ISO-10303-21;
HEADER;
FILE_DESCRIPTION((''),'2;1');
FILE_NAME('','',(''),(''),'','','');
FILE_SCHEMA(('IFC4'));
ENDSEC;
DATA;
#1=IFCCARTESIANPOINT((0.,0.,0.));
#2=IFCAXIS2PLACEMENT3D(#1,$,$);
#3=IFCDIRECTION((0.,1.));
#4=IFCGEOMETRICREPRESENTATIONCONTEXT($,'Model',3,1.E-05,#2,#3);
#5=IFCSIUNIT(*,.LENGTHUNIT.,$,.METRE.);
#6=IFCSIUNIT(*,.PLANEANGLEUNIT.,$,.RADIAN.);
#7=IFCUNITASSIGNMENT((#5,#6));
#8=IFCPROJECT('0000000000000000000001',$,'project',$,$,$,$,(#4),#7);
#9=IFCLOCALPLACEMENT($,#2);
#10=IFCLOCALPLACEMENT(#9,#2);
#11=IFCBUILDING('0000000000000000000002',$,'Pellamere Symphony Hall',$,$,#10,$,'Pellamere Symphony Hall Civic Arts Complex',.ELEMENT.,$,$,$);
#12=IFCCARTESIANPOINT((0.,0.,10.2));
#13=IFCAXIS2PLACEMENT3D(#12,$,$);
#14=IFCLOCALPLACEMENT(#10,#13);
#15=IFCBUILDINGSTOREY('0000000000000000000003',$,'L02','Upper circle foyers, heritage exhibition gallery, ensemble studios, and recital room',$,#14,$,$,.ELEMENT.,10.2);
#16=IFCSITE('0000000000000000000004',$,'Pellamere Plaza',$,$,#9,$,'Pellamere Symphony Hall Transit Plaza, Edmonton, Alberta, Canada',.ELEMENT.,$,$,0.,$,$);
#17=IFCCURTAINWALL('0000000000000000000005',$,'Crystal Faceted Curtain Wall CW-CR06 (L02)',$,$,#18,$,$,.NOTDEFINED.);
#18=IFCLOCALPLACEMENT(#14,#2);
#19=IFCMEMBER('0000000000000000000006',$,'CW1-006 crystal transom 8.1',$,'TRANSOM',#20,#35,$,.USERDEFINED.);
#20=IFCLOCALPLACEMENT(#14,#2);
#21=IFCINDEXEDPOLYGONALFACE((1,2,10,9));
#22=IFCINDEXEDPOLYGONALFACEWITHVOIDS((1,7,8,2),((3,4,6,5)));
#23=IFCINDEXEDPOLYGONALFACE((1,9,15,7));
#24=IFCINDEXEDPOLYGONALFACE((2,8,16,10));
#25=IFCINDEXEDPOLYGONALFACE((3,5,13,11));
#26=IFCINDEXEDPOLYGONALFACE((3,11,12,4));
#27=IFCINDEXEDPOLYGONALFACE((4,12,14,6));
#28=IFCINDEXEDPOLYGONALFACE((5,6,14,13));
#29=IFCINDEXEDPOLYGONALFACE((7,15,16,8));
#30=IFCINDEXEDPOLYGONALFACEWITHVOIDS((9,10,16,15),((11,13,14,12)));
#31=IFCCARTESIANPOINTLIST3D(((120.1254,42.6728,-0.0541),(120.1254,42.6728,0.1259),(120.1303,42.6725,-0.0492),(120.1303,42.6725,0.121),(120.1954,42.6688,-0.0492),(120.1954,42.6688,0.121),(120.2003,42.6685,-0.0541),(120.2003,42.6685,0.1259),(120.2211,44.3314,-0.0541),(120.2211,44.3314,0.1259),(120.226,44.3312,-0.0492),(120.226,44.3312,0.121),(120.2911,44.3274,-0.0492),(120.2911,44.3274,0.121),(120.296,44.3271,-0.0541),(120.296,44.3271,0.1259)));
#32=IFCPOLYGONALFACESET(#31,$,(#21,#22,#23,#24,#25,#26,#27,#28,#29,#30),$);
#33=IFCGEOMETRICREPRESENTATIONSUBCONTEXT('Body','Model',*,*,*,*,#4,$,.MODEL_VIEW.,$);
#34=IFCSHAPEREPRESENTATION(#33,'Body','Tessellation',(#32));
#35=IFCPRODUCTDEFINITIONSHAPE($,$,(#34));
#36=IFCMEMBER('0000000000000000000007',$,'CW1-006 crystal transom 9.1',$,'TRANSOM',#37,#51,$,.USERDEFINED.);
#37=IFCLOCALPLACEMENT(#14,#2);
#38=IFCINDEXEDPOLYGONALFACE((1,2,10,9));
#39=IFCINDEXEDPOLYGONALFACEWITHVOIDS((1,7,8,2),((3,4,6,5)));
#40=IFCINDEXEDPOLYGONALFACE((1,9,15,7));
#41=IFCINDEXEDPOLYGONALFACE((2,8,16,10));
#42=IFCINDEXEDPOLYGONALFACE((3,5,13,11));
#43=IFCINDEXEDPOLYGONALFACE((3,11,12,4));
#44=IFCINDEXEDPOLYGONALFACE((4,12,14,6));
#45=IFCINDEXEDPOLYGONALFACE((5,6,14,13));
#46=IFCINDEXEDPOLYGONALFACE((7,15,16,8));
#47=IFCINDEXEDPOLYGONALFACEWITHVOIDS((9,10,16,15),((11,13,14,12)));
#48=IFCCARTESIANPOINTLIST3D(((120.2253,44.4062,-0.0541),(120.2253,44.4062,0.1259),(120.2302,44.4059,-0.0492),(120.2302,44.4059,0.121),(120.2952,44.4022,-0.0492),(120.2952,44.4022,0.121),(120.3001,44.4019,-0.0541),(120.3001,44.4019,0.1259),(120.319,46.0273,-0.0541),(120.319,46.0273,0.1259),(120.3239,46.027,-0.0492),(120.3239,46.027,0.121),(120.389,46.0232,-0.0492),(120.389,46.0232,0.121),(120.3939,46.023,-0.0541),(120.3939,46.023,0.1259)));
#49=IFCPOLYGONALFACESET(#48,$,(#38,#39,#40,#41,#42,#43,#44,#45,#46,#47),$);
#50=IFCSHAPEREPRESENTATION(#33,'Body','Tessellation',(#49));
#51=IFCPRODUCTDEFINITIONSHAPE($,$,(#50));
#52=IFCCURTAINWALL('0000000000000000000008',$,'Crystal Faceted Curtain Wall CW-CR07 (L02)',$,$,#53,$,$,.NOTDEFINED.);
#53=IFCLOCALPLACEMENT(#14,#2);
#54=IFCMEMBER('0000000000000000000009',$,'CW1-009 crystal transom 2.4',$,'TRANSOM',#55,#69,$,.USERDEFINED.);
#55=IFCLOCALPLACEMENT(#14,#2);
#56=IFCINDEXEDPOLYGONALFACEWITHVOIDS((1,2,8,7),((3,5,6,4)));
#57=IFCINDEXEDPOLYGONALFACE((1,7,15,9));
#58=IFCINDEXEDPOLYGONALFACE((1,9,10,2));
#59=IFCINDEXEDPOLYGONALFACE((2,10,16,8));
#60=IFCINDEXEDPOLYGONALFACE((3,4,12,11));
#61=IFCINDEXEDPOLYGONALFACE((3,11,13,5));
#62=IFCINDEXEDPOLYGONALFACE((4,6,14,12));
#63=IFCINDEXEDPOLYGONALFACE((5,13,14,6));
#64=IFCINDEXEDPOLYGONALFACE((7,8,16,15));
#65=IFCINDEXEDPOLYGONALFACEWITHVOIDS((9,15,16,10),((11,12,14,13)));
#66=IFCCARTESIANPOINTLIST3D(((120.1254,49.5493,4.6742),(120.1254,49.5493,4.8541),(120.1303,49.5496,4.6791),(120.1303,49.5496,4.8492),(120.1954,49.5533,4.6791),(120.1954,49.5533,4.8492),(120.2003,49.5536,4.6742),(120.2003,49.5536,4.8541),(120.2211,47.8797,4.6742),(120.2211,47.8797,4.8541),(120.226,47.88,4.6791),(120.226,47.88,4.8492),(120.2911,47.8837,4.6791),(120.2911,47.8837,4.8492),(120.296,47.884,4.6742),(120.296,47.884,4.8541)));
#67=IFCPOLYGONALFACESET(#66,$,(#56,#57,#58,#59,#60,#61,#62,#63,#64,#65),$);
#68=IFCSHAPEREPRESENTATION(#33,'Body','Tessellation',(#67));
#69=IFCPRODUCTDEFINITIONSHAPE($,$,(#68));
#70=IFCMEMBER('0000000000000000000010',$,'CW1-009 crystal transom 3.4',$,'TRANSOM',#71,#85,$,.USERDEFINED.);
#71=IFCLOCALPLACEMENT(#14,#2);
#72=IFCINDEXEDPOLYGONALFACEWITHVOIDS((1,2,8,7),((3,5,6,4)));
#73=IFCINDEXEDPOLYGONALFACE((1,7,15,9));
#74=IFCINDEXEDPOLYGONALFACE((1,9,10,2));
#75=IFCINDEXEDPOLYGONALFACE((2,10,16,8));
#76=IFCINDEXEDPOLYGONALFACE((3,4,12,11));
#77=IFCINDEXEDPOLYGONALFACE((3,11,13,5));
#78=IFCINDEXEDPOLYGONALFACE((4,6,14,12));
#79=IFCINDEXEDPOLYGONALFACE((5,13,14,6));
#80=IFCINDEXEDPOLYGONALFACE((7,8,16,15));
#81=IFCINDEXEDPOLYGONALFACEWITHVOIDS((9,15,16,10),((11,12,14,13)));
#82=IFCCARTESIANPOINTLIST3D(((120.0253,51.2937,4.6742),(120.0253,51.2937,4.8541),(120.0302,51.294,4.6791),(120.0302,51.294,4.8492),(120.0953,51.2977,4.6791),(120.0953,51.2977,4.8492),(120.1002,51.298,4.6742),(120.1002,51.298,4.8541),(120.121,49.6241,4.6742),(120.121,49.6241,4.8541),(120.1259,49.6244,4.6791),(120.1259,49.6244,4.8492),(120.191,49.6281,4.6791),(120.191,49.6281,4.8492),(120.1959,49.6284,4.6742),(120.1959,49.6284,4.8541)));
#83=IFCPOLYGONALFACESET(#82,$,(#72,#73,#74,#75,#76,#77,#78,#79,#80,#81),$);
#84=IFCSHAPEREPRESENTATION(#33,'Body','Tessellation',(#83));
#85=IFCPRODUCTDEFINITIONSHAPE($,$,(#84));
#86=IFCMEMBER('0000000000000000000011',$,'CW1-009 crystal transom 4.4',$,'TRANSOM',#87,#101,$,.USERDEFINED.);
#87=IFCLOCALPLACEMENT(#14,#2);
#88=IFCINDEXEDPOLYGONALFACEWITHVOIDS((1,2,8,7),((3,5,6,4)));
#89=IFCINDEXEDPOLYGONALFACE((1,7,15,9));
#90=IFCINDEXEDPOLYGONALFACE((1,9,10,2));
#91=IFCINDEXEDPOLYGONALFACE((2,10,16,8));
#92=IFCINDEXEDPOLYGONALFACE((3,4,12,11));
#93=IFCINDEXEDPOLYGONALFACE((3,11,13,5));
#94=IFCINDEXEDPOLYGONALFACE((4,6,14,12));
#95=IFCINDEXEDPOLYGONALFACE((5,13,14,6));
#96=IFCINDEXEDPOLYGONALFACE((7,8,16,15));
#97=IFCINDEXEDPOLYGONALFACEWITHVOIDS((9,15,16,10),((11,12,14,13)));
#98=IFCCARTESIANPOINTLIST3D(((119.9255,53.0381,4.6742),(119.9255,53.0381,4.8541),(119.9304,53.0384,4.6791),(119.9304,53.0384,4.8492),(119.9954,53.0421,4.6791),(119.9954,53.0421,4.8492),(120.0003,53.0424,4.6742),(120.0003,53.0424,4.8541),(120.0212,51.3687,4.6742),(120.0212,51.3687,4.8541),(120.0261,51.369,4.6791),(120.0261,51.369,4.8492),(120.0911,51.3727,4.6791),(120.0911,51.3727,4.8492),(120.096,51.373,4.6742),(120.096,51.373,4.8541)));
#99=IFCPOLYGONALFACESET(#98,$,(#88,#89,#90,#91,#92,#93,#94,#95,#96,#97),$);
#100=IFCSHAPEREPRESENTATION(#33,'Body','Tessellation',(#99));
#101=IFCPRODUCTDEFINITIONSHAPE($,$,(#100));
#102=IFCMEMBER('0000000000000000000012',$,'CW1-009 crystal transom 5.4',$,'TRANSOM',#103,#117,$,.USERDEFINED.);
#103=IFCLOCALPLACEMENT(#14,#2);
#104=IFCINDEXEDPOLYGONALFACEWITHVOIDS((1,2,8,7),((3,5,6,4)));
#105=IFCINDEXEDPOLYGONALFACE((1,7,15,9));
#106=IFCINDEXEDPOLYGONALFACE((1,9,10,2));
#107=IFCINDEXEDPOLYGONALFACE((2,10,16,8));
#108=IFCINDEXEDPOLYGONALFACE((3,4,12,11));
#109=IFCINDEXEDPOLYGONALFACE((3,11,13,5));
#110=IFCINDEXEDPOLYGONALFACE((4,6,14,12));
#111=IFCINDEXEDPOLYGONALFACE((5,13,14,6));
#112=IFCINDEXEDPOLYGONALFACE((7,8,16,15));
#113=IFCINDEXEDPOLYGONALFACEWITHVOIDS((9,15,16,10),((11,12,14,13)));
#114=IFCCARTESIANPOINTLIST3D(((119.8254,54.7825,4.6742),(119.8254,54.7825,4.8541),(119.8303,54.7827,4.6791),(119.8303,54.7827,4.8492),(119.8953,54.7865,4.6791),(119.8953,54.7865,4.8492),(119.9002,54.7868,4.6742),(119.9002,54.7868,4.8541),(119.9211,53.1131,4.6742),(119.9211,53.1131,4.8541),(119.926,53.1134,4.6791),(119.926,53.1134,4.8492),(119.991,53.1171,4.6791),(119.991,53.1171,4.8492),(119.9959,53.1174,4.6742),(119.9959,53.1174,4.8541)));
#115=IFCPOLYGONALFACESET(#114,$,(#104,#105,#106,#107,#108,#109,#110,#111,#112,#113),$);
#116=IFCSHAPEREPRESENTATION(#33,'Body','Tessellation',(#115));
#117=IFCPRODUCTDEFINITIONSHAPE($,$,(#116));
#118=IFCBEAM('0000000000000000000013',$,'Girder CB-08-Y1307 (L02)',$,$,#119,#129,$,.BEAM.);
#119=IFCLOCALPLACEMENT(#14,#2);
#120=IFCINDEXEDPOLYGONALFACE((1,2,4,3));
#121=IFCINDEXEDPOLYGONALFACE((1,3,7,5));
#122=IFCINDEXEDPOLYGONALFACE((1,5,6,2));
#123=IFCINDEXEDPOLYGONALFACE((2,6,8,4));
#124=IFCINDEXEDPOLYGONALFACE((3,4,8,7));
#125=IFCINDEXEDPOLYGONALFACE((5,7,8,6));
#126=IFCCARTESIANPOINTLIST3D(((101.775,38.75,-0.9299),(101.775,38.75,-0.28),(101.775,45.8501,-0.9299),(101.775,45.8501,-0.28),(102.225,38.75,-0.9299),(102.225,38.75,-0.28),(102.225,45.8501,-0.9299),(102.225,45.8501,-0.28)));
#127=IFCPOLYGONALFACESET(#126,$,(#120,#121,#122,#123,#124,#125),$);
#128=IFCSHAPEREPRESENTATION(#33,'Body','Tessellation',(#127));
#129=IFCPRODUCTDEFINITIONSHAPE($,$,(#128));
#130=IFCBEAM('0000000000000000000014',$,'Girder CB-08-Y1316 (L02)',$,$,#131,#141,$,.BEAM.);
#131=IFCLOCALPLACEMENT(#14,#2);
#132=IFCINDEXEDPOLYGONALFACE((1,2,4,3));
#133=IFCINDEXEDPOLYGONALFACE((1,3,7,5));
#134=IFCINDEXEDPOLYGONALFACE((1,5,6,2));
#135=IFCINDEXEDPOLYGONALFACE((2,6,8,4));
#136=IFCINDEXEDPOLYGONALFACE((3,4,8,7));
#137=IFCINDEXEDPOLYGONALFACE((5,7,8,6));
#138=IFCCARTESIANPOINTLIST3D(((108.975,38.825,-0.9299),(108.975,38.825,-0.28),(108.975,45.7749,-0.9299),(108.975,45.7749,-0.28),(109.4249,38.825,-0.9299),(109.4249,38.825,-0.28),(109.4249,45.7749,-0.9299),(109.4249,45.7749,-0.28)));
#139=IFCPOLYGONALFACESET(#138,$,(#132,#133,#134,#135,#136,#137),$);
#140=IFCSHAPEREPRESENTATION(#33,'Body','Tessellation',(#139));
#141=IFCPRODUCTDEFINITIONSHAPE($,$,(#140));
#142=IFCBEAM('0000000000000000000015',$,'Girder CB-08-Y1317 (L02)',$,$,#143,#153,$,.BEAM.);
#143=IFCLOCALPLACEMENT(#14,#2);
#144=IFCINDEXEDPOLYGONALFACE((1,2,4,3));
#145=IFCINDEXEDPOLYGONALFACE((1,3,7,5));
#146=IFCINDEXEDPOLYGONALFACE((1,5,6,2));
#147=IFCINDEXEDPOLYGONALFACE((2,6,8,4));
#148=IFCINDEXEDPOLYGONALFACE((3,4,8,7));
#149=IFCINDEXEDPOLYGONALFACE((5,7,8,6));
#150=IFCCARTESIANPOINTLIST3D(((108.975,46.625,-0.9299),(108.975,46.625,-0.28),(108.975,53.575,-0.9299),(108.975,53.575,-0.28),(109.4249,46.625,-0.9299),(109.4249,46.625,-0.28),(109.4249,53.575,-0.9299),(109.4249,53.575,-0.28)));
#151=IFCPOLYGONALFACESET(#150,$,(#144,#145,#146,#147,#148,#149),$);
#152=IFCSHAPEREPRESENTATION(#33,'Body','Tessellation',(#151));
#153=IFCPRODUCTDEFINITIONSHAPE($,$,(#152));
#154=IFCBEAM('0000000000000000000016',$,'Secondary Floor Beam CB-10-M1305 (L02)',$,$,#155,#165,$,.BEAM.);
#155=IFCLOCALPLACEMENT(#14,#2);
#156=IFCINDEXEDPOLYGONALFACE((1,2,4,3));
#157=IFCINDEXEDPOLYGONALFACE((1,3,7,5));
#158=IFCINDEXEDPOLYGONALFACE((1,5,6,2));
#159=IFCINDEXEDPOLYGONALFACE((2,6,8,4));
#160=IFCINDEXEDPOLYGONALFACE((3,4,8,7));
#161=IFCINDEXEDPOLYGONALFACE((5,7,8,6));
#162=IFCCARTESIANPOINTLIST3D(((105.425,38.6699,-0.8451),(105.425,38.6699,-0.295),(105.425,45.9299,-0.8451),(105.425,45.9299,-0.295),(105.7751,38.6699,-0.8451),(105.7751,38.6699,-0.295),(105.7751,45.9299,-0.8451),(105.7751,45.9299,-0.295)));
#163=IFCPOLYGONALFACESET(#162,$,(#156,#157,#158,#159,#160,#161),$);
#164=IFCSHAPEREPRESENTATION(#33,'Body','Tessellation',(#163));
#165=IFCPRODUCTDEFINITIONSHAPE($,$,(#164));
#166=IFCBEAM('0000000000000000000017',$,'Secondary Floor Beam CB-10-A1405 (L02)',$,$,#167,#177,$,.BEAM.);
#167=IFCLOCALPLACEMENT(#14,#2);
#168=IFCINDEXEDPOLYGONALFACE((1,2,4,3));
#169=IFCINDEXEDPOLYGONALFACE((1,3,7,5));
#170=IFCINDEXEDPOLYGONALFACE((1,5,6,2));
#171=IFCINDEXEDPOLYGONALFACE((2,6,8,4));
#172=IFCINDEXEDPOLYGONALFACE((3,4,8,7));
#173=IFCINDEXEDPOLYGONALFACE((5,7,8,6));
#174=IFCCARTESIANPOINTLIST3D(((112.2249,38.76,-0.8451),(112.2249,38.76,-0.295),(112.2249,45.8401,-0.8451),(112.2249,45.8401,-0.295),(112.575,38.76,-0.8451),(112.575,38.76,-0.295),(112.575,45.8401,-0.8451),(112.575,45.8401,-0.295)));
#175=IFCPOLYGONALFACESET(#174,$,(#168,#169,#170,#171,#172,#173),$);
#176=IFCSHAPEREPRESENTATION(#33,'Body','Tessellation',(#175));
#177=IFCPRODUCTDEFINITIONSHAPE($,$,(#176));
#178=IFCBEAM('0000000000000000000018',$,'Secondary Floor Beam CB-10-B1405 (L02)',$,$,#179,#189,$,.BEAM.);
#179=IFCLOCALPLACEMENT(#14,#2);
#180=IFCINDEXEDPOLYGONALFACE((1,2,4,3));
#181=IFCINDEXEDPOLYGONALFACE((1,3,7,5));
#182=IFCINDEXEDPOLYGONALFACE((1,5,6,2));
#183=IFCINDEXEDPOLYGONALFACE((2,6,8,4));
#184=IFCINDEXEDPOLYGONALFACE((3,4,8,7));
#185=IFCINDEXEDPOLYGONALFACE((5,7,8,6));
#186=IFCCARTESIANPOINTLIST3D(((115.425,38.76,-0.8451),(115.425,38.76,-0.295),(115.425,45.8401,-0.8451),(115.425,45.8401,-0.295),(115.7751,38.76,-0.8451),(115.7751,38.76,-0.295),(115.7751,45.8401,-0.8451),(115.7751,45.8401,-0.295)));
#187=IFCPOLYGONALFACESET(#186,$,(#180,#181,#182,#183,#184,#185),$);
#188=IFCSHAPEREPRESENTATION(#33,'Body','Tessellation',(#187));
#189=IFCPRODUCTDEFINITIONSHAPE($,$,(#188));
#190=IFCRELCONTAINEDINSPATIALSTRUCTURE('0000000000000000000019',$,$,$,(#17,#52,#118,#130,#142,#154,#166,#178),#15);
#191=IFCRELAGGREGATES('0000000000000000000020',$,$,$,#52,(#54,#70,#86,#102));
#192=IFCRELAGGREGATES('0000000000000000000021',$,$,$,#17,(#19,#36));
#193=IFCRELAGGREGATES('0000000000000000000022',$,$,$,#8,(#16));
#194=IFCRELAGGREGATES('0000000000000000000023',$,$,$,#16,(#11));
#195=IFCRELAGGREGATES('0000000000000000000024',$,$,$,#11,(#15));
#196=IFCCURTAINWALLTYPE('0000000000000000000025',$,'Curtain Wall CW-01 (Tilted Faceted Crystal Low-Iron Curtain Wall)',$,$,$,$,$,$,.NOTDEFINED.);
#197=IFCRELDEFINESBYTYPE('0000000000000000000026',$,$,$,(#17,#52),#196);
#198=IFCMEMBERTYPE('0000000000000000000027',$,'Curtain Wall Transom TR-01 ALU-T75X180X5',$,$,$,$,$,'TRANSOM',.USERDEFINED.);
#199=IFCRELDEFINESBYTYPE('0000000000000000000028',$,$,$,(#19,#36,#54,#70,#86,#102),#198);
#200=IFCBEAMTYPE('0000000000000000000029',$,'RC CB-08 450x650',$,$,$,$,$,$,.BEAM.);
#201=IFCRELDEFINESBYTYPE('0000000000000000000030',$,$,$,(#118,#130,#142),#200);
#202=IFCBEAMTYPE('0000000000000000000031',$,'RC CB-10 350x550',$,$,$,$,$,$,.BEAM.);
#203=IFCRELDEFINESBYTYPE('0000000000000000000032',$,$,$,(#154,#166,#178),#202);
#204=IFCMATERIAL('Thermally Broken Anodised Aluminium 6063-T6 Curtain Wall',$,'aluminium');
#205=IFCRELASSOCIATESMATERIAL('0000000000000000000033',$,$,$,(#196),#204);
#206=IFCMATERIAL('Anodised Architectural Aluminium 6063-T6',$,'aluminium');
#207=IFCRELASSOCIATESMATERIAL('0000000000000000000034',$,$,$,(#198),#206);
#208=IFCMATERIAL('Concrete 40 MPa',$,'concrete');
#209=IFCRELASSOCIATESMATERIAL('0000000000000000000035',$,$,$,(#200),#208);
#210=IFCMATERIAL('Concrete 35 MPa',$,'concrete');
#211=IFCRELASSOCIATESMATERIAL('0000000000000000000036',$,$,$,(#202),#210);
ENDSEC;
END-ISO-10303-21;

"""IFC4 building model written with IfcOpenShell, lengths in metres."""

from ifc_helpers import new_model, si_unit, direction, frame, origin, origin_2d, place, context, subcontext, project, spatial, rectangle, hollow_rectangle, extrude, material, material_profile, profile_set, type_object, element, aggregate, save


model = new_model("IFC4")

# Units and contexts
model_context = context("Model", 3, precision=1e-05, world=origin(), true_north=direction((0.0, 1.0)))
body_context = subcontext(model_context, "Body", "Model", "MODEL_VIEW")
ifc_project = project(units=[si_unit("LENGTHUNIT", "METRE"), si_unit("PLANEANGLEUNIT", "RADIAN")], contexts=[model_context])

# Site, building, storey
site_placement = place(None, origin())
site = spatial("IfcSite", under=ifc_project, at=site_placement, Name="Pellamere Plaza", LongName="Pellamere Symphony Hall Transit Plaza, Edmonton, Alberta, Canada", CompositionType="ELEMENT", RefElevation=0.0)
building_placement = place(site_placement, origin())
building = spatial("IfcBuilding", under=site, at=building_placement, Name="Pellamere Symphony Hall", LongName="Pellamere Symphony Hall Civic Arts Complex", CompositionType="ELEMENT")
storey_placement = place(building_placement, frame((0.0, 0.0, 10.2)))
storey = spatial("IfcBuildingStorey", under=building, at=storey_placement, Name="L02", Description="Upper circle foyers, heritage exhibition gallery, ensemble studios, and recital room", CompositionType="ELEMENT", Elevation=10.2)

# Shared definitions
ifc_material_1 = material(Name="Concrete 40 MPa", Category="concrete")

# Curtain walls, members
ifc_material_2 = material(Name="Thermally Broken Anodised Aluminium 6063-T6 Curtain Wall", Category="aluminium")
curtain_wall_type = type_object("IfcCurtainWallType", Name="Curtain Wall CW-01 (Tilted Faceted Crystal Low-Iron Curtain Wall)", PredefinedType="NOTDEFINED", material=ifc_material_2)
curtain_wall_1_placement = place(storey_placement, origin())
curtain_wall_1 = element("IfcCurtainWall", 1, at=curtain_wall_1_placement, inside=storey, type_object=curtain_wall_type, Name="Crystal Faceted Curtain Wall CW-CR06 (L02)", PredefinedType="NOTDEFINED")
ifc_material_3 = material(Name="Anodised Architectural Aluminium 6063-T6", Category="aluminium")
ifc_material_profile_1 = material_profile(ifc_material_3, hollow_rectangle(XDim=0.075, YDim=0.1799, WallThickness=0.0049, at=origin_2d()), Name="ALU-T75X180X5")
ifc_profile_set_1 = profile_set([ifc_material_profile_1], Name="Anodised Architectural Aluminium 6063-T6")
member_type_1 = type_object("IfcMemberType", Name="Curtain Wall Transom TR-01 ALU-T75X180X5", ElementType="TRANSOM", PredefinedType="USERDEFINED", material=ifc_profile_set_1)
member_1_placement = place(storey_placement, frame((120.1628, 42.6707, 0.0359), z_axis=(0.057602, 0.99834, 0.0), x_axis=(-0.99834, 0.057602, 0.0)))
member_1 = element("IfcMember", 2, at=member_1_placement, type_object=member_type_1, Name="CW1-006 crystal transom 8.1", ObjectType="TRANSOM", PredefinedType="USERDEFINED", context=body_context, shape_type="SweptSolid", body=[
    extrude(hollow_rectangle(XDim=0.075, YDim=0.1799, WallThickness=0.0049, at=origin_2d()), origin(), (0.0, 0.0, 1.0), 1.6614),
])
member_2_placement = place(storey_placement, frame((120.2627, 44.4041, 0.0359), z_axis=(0.057735, 0.998332, 0.0), x_axis=(-0.998332, 0.057735, 0.0)))
member_2 = element("IfcMember", 3, at=member_2_placement, type_object=member_type_1, Name="CW1-006 crystal transom 9.1", ObjectType="TRANSOM", PredefinedType="USERDEFINED", context=body_context, shape_type="SweptSolid", body=[
    extrude(hollow_rectangle(XDim=0.075, YDim=0.1799, WallThickness=0.0049, at=origin_2d()), origin(), (0.0, 0.0, 1.0), 1.6238),
])
curtain_wall_2_placement = place(storey_placement, origin())
curtain_wall_2 = element("IfcCurtainWall", 4, at=curtain_wall_2_placement, inside=storey, type_object=curtain_wall_type, Name="Crystal Faceted Curtain Wall CW-CR07 (L02)", PredefinedType="NOTDEFINED")
member_3_placement = place(storey_placement, frame((120.2585, 47.8818, 4.7642), z_axis=(-0.057224, 0.998361, 0.0), x_axis=(-0.998361, -0.057224, 0.0)))
member_3 = element("IfcMember", 5, at=member_3_placement, type_object=member_type_1, Name="CW1-009 crystal transom 2.4", ObjectType="TRANSOM", PredefinedType="USERDEFINED", context=body_context, shape_type="SweptSolid", body=[
    extrude(hollow_rectangle(XDim=0.075, YDim=0.1799, WallThickness=0.0049, at=origin_2d()), origin(), (0.0, 0.0, 1.0), 1.6724),
])
member_4_placement = place(storey_placement, frame((120.1584, 49.6262, 4.7642), z_axis=(-0.057224, 0.998361, 0.0), x_axis=(-0.998361, -0.057224, 0.0)))
member_4 = element("IfcMember", 6, at=member_4_placement, type_object=member_type_1, Name="CW1-009 crystal transom 3.4", ObjectType="TRANSOM", PredefinedType="USERDEFINED", context=body_context, shape_type="SweptSolid", body=[
    extrude(hollow_rectangle(XDim=0.075, YDim=0.1799, WallThickness=0.0049, at=origin_2d()), origin(), (0.0, 0.0, 1.0), 1.6724),
])
member_5_placement = place(storey_placement, frame((120.0586, 51.3708, 4.7642), z_axis=(-0.057233, 0.998361, 0.0), x_axis=(-0.998361, -0.057233, 0.0)))
member_5 = element("IfcMember", 7, at=member_5_placement, type_object=member_type_1, Name="CW1-009 crystal transom 4.4", ObjectType="TRANSOM", PredefinedType="USERDEFINED", context=body_context, shape_type="SweptSolid", body=[
    extrude(hollow_rectangle(XDim=0.075, YDim=0.1799, WallThickness=0.0049, at=origin_2d()), origin(), (0.0, 0.0, 1.0), 1.6721),
])
member_6_placement = place(storey_placement, frame((119.9585, 53.1152, 4.7642), z_axis=(-0.057233, 0.998361, 0.0), x_axis=(-0.998361, -0.057233, 0.0)))
member_6 = element("IfcMember", 8, at=member_6_placement, type_object=member_type_1, Name="CW1-009 crystal transom 5.4", ObjectType="TRANSOM", PredefinedType="USERDEFINED", context=body_context, shape_type="SweptSolid", body=[
    extrude(hollow_rectangle(XDim=0.075, YDim=0.1799, WallThickness=0.0049, at=origin_2d()), origin(), (0.0, 0.0, 1.0), 1.6721),
])
aggregate(curtain_wall_2, [member_3, member_4, member_5, member_6])

# Beams
ifc_material_profile_2 = material_profile(ifc_material_1, rectangle(XDim=0.45, YDim=0.6499, at=origin_2d()), Name="RC 450x650")
ifc_profile_set_2 = profile_set([ifc_material_profile_2], Name="Concrete 40 MPa")
beam_type_1 = type_object("IfcBeamType", Name="RC CB-08 450x650", PredefinedType="BEAM", material=ifc_profile_set_2)
beam_1_placement = place(storey_placement, frame((102.0, 38.75, -0.605), z_axis=(0.0, 1.0, 0.0), x_axis=(-1.0, 0.0, 0.0)))
element("IfcBeam", 9, at=beam_1_placement, inside=storey, type_object=beam_type_1, Name="Girder CB-08-Y1307 (L02)", PredefinedType="BEAM", context=body_context, shape_type="SweptSolid", body=[
    extrude(rectangle(XDim=0.45, YDim=0.6499, at=origin_2d()), origin(), (0.0, 0.0, 1.0), 7.1001),
])
for number, where, z_axis, x_axis, name in (
    (10, (109.2, 38.825, -0.605), (0.0, 1.0, 0.0), (-1.0, 0.0, 0.0), "Girder CB-08-Y1316 (L02)"),
    (11, (109.2, 46.625, -0.605), (0.0, 1.0, 0.0), (-1.0, 0.0, 0.0), "Girder CB-08-Y1317 (L02)"),
):
    element("IfcBeam", number, at=place(storey_placement, frame(where, z_axis=z_axis, x_axis=x_axis)), inside=storey, type_object=beam_type_1, Name=name, PredefinedType="BEAM", context=body_context, shape_type="SweptSolid", body=[
        extrude(rectangle(XDim=0.45, YDim=0.6499, at=origin_2d()), origin(), (0.0, 0.0, 1.0), 6.95),
    ])
ifc_material_4 = material(Name="Concrete 35 MPa", Category="concrete")
ifc_material_profile_3 = material_profile(ifc_material_4, rectangle(XDim=0.3501, YDim=0.55, at=origin_2d()), Name="RC 350x550")
ifc_profile_set_3 = profile_set([ifc_material_profile_3], Name="Concrete 35 MPa")
beam_type_2 = type_object("IfcBeamType", Name="RC CB-10 350x550", PredefinedType="BEAM", material=ifc_profile_set_3)
beam_2_placement = place(storey_placement, frame((105.6001, 38.6699, -0.5701), z_axis=(0.0, 1.0, 0.0), x_axis=(-1.0, 0.0, 0.0)))
element("IfcBeam", 12, at=beam_2_placement, inside=storey, type_object=beam_type_2, Name="Secondary Floor Beam CB-10-M1305 (L02)", PredefinedType="BEAM", context=body_context, shape_type="SweptSolid", body=[
    extrude(rectangle(XDim=0.3501, YDim=0.55, at=origin_2d()), origin(), (0.0, 0.0, 1.0), 7.26),
])
for number, where, z_axis, x_axis, name in (
    (13, (112.3999, 38.76, -0.5701), (0.0, 1.0, 0.0), (-1.0, 0.0, 0.0), "Secondary Floor Beam CB-10-A1405 (L02)"),
    (14, (115.6001, 38.76, -0.5701), (0.0, 1.0, 0.0), (-1.0, 0.0, 0.0), "Secondary Floor Beam CB-10-B1405 (L02)"),
):
    element("IfcBeam", number, at=place(storey_placement, frame(where, z_axis=z_axis, x_axis=x_axis)), inside=storey, type_object=beam_type_2, Name=name, PredefinedType="BEAM", context=body_context, shape_type="SweptSolid", body=[
        extrude(rectangle(XDim=0.3501, YDim=0.55, at=origin_2d()), origin(), (0.0, 0.0, 1.0), 7.0801),
    ])

aggregate(curtain_wall_1, [member_1, member_2])

save(model, "model.ifc")
